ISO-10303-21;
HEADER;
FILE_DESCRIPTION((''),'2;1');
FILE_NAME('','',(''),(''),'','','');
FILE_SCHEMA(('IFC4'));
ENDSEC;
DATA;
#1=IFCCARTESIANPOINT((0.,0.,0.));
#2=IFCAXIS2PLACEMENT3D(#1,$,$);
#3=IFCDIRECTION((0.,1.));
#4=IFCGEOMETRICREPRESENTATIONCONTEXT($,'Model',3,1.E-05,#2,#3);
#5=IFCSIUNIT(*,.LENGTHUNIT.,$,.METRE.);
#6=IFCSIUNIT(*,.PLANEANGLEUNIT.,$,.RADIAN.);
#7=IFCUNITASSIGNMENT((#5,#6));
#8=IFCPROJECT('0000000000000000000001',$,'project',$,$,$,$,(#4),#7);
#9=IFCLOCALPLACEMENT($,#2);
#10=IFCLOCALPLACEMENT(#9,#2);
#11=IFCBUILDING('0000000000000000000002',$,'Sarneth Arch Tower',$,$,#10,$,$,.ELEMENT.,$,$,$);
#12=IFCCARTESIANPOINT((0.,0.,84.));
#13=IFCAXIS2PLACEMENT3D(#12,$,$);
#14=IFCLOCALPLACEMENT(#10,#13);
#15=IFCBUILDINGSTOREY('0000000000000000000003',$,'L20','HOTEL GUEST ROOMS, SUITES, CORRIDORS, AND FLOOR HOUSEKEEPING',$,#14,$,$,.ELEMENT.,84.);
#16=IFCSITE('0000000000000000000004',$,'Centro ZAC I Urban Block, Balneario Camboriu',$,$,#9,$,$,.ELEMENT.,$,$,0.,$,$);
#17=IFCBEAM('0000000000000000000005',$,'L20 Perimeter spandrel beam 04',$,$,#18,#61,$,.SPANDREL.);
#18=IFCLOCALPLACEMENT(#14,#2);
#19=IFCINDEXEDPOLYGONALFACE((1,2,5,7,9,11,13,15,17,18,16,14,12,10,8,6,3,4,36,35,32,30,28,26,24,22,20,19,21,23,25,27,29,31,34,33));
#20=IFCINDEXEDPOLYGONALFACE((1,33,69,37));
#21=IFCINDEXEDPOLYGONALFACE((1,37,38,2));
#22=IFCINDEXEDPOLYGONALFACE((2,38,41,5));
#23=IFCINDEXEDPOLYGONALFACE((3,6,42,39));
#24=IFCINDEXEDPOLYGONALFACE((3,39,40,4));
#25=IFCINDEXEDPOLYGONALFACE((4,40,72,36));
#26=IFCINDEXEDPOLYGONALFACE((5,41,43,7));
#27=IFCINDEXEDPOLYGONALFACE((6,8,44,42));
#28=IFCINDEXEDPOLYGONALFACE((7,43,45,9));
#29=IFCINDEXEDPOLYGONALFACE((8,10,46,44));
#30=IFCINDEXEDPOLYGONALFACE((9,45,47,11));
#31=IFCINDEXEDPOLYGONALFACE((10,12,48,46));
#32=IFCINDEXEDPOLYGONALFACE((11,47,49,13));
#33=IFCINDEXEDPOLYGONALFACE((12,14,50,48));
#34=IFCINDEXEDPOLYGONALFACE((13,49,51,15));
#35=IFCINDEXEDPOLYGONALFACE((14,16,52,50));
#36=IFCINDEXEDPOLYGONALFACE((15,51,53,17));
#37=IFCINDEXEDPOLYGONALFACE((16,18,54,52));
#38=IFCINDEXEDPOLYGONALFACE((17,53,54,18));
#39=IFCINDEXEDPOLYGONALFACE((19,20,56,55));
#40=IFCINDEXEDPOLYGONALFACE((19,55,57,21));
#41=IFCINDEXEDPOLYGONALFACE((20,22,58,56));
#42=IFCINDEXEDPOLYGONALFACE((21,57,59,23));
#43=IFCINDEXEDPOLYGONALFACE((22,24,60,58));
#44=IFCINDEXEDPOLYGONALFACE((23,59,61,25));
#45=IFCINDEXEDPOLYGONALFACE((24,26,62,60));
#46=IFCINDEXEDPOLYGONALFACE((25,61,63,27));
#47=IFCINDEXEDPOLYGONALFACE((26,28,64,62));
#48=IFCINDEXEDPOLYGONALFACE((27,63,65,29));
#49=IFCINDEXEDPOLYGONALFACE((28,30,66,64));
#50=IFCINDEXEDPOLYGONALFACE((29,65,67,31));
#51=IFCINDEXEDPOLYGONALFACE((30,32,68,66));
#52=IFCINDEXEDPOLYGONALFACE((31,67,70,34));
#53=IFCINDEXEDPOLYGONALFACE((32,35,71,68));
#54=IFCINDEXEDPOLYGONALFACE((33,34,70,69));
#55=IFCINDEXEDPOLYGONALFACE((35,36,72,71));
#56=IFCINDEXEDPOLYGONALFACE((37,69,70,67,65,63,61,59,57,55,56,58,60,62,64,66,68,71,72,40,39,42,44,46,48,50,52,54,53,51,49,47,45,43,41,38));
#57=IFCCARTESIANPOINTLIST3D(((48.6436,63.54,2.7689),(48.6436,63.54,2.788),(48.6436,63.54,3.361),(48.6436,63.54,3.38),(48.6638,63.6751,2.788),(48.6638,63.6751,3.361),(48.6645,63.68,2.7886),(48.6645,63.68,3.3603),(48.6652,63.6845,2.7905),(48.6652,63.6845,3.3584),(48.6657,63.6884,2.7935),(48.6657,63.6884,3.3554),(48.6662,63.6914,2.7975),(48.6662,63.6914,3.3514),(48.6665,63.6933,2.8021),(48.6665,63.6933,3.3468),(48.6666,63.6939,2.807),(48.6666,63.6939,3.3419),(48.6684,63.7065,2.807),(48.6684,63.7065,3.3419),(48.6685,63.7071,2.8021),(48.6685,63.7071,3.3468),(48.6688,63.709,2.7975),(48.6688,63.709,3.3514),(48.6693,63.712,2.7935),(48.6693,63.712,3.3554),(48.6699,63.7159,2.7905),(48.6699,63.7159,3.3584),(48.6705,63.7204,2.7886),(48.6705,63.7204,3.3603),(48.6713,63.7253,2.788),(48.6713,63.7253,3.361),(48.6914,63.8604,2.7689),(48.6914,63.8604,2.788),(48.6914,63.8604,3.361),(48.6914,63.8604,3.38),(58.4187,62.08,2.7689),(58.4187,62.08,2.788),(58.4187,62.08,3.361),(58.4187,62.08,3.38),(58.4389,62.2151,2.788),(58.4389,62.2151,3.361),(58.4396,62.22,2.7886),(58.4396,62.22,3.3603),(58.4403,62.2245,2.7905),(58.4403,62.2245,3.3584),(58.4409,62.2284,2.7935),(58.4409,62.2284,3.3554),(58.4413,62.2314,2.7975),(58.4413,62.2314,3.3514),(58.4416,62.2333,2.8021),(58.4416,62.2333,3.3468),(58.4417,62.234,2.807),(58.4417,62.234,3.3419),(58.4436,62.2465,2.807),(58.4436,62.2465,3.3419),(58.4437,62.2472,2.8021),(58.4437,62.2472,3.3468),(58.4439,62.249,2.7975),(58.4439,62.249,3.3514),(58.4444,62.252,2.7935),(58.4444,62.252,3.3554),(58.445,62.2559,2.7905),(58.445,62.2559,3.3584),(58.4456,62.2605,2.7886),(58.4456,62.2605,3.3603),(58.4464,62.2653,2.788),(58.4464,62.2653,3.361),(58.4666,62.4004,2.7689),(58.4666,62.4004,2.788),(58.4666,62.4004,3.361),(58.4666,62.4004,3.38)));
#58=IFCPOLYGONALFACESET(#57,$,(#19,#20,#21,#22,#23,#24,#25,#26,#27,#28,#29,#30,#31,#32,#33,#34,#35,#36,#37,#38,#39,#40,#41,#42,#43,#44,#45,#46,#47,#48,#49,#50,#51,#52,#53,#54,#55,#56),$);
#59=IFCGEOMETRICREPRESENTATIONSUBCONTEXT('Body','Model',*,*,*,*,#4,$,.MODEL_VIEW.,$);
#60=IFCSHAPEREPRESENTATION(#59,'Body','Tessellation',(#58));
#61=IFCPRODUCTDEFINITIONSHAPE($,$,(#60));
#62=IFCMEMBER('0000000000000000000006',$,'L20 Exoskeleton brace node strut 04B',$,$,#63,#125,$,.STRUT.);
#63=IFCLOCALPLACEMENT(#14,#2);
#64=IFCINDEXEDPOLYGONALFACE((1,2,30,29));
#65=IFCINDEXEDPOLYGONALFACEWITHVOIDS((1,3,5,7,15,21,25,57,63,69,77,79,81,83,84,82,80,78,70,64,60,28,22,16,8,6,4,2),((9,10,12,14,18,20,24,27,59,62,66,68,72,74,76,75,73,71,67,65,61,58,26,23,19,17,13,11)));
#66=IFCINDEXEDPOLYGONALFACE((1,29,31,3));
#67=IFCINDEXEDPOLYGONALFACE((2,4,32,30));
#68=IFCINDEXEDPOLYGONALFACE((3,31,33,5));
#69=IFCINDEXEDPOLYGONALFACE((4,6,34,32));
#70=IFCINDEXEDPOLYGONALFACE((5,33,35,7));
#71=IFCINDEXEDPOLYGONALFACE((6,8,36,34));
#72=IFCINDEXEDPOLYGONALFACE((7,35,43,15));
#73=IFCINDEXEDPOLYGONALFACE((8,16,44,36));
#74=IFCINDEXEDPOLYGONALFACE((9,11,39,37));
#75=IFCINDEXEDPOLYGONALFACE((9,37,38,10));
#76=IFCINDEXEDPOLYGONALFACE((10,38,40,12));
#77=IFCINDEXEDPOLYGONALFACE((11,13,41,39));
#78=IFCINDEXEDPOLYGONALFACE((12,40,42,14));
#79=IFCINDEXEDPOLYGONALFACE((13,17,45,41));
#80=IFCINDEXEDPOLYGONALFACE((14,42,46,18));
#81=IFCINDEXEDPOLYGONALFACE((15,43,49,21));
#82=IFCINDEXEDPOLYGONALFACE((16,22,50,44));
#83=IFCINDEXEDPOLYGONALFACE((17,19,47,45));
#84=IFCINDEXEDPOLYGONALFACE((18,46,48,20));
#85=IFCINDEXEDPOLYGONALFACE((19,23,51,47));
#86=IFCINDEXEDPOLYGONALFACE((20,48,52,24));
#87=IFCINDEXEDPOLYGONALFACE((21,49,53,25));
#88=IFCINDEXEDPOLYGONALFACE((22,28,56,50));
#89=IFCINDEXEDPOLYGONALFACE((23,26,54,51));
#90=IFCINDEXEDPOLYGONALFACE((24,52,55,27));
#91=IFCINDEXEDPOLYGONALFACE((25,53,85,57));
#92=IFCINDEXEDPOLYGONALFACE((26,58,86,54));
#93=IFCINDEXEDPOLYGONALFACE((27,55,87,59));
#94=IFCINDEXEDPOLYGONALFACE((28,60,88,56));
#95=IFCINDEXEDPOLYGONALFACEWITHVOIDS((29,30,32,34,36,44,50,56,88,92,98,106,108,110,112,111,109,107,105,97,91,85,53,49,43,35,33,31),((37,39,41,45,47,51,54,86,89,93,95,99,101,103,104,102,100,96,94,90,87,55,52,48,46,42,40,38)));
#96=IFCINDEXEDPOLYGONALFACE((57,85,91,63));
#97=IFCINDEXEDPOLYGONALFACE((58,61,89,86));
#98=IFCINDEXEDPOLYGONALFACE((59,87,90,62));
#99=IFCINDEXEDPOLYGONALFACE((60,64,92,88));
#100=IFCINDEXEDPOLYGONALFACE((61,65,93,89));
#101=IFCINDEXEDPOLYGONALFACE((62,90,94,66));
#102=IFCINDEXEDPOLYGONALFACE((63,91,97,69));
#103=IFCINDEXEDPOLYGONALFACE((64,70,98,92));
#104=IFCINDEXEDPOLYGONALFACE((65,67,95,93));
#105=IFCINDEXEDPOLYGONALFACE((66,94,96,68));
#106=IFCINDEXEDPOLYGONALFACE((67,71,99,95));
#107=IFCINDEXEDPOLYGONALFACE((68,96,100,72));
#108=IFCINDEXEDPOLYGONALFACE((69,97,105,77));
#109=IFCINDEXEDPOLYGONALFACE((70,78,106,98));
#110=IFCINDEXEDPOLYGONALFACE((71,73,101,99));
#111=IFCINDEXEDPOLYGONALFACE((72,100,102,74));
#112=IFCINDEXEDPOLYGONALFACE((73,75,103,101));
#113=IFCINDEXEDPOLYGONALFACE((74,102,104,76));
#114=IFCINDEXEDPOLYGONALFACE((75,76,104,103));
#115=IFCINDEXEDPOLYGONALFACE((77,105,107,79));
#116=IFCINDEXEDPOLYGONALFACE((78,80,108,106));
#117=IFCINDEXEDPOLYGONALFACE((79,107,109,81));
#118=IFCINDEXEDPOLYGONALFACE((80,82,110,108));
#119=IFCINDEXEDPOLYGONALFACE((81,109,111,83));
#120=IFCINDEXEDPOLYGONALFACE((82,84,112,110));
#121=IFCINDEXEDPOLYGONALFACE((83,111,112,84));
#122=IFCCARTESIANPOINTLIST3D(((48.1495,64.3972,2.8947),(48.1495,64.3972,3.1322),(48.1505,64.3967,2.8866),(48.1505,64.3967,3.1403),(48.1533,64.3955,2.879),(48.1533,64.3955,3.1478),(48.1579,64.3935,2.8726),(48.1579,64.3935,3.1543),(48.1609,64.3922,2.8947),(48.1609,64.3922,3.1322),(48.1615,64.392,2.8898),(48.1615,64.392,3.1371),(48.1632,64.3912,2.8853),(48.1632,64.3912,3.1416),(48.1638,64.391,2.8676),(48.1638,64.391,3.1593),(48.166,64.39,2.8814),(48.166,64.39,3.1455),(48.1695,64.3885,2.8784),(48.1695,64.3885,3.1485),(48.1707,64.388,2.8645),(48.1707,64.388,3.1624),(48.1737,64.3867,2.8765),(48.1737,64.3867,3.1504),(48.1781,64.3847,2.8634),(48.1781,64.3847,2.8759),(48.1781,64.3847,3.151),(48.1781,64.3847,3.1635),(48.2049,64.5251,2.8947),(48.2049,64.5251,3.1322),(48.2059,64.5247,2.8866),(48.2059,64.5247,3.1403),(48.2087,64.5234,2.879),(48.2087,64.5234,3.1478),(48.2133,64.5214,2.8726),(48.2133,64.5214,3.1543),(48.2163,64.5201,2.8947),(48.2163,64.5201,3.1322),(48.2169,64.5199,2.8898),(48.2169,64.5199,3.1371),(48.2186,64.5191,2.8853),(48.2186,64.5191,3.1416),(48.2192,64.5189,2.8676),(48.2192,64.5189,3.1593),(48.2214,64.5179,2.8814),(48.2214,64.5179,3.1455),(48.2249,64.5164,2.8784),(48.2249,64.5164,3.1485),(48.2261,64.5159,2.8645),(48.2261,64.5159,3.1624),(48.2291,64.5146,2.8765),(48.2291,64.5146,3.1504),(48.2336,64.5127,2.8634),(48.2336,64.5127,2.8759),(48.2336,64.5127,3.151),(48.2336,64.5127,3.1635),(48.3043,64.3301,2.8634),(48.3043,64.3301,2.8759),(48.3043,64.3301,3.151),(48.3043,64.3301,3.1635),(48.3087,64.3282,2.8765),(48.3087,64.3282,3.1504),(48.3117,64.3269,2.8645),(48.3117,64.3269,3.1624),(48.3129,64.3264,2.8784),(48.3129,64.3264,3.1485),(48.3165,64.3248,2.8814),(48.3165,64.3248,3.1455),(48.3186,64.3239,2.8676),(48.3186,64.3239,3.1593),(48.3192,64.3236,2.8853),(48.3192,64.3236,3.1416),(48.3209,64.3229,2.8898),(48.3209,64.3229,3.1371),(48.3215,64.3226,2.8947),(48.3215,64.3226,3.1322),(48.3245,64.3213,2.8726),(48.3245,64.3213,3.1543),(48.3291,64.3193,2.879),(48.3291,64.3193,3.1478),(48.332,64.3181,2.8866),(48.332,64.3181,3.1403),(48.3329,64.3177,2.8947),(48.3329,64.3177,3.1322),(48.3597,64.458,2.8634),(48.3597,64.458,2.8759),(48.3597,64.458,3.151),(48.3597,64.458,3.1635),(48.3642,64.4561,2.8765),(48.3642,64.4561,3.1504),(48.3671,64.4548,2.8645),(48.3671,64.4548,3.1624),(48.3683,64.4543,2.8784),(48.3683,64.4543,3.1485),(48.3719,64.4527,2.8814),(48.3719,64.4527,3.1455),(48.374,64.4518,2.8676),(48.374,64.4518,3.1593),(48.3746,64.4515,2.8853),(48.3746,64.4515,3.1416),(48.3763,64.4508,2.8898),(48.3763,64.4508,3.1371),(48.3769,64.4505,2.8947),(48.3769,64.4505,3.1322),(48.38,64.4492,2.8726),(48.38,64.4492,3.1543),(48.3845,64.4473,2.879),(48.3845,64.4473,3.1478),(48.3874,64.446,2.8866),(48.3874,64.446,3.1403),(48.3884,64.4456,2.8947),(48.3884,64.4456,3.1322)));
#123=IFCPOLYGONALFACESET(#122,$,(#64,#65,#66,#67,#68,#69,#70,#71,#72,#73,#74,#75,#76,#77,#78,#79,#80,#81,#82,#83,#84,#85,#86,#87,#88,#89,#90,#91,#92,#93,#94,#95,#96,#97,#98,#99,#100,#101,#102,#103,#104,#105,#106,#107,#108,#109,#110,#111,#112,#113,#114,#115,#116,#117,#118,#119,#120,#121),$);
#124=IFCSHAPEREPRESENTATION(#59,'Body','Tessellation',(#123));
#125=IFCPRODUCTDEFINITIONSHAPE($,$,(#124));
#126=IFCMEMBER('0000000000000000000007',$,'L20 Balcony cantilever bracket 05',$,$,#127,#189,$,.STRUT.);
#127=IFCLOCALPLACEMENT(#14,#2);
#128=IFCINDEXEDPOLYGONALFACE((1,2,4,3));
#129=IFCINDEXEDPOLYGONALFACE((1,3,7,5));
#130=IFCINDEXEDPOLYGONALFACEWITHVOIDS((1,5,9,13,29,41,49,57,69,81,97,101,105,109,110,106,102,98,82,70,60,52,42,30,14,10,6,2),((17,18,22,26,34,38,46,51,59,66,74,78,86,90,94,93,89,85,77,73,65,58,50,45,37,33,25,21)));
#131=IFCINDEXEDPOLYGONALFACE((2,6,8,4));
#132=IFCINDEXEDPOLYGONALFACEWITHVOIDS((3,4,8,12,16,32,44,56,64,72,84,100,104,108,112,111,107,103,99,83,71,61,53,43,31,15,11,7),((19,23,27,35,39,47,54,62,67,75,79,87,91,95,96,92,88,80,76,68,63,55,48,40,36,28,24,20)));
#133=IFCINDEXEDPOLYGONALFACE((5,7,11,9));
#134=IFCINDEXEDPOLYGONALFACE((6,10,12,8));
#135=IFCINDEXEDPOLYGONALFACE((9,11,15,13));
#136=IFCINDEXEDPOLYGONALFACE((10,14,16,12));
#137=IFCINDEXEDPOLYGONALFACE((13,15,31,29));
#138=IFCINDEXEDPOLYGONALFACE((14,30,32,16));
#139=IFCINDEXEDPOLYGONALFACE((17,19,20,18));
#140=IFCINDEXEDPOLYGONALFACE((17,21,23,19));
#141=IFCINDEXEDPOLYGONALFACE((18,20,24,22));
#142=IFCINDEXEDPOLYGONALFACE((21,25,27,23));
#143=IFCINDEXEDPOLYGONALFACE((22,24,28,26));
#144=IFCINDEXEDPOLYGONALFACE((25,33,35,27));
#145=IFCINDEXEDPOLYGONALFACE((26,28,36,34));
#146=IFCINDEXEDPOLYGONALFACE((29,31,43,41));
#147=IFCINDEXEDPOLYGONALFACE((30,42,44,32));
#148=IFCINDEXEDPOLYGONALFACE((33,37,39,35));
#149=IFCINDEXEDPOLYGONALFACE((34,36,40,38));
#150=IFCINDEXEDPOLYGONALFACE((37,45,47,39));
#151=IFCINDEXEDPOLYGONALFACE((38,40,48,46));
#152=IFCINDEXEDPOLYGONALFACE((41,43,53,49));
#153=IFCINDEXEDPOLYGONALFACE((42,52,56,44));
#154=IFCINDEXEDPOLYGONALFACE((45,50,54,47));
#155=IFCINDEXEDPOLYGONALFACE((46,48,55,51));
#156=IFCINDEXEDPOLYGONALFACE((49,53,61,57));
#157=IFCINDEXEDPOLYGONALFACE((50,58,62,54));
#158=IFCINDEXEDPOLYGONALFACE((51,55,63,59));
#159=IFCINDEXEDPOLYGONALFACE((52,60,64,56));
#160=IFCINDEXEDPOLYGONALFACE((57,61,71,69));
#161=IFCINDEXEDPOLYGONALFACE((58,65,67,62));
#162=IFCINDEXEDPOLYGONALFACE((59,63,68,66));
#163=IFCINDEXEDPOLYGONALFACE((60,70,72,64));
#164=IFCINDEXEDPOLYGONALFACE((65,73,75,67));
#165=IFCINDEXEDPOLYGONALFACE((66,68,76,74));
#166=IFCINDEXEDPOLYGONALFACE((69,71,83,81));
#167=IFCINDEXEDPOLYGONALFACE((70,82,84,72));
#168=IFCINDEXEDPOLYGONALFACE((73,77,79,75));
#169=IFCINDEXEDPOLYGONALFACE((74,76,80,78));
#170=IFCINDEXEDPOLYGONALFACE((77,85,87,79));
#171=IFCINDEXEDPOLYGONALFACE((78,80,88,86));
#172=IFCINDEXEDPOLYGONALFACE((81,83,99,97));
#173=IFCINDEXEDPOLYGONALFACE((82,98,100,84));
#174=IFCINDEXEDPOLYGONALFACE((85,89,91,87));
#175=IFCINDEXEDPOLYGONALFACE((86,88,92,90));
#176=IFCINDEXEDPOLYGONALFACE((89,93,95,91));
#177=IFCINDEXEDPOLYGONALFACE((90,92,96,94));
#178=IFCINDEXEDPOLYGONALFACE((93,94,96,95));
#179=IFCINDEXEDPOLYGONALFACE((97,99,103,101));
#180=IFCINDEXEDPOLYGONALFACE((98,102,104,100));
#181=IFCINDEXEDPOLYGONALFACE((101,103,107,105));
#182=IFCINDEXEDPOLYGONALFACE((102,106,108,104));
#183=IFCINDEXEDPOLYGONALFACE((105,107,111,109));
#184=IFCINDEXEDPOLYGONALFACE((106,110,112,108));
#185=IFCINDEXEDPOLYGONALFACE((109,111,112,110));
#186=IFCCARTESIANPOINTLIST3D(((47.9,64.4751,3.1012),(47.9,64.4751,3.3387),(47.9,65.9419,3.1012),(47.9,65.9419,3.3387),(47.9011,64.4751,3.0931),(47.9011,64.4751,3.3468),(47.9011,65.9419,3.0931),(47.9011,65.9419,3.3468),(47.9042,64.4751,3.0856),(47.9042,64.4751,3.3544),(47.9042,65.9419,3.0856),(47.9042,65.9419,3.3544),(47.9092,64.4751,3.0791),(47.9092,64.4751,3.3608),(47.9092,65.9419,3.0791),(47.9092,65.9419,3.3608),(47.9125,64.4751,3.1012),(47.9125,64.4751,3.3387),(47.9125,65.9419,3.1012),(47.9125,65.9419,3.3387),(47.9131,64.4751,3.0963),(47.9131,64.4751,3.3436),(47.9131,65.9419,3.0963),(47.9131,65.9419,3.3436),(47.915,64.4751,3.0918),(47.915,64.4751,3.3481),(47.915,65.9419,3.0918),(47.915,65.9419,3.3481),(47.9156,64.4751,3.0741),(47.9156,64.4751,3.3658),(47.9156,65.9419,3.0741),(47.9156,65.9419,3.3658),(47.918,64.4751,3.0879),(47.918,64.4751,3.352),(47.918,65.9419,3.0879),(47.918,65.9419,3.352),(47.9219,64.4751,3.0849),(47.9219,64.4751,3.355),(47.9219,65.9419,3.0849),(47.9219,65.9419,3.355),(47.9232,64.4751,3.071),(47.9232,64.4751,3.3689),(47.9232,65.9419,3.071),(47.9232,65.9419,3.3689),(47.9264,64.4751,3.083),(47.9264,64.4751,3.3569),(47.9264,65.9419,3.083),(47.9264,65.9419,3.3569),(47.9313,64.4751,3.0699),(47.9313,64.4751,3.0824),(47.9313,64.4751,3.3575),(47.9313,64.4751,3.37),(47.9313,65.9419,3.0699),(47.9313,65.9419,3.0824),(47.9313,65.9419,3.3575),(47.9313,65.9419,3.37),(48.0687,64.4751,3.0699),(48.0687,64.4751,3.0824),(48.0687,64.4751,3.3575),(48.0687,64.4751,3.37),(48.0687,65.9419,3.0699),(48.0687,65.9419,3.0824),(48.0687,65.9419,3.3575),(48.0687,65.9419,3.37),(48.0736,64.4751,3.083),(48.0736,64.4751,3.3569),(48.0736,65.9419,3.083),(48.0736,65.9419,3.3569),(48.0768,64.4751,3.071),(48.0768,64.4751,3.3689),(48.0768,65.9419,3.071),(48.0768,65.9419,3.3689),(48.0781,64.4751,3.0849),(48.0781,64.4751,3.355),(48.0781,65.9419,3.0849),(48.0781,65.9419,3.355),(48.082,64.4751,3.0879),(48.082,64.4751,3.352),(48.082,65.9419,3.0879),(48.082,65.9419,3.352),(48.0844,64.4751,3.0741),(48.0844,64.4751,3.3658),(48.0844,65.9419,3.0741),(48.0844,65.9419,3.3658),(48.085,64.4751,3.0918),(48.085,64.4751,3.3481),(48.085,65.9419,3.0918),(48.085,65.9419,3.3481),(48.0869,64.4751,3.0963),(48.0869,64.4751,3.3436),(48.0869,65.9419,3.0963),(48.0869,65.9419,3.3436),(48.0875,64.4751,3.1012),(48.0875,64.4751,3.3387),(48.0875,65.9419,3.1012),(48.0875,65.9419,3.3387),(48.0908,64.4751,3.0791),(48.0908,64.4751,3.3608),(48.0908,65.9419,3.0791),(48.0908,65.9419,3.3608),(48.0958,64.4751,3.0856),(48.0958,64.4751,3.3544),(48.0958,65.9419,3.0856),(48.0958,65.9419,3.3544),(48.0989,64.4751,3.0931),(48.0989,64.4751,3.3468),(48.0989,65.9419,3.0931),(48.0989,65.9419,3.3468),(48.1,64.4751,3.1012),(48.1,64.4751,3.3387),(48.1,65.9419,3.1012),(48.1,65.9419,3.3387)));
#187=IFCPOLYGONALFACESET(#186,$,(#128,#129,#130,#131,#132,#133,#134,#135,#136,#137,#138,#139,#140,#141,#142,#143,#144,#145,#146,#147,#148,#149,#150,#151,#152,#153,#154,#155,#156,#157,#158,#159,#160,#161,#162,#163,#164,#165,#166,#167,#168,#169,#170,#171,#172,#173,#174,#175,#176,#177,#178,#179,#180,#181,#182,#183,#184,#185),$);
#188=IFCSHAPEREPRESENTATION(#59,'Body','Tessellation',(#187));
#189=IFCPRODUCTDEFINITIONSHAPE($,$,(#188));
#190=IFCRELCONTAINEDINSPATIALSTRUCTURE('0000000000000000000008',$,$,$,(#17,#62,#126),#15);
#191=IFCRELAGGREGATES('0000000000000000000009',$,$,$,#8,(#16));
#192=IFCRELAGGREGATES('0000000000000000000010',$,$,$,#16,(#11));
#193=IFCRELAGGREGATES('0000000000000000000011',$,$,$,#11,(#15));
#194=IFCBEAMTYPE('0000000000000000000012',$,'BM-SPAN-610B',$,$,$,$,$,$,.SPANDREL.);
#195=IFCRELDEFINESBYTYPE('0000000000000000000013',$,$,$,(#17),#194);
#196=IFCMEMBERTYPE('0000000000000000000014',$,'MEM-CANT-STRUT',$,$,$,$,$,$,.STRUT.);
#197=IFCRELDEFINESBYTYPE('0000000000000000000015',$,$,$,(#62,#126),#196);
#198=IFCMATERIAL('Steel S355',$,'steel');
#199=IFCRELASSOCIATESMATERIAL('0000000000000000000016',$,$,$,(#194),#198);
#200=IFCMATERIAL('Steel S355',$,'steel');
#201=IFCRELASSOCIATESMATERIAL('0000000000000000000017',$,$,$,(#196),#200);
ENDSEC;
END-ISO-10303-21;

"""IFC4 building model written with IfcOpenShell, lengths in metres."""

from ifc_helpers import new_model, si_unit, direction, frame, origin, origin_2d, place, context, subcontext, project, spatial, hollow_rectangle, i_section, extrude, material, material_profile, profile_set, type_object, element, save


model = new_model("IFC4")

# Units and contexts
model_context = context("Model", 3, precision=1e-05, world=origin(), true_north=direction((0.0, 1.0)))
body_context = subcontext(model_context, "Body", "Model", "MODEL_VIEW")
ifc_project = project(units=[si_unit("LENGTHUNIT", "METRE"), si_unit("PLANEANGLEUNIT", "RADIAN")], contexts=[model_context])

# Site, building, storey
site_placement = place(None, origin())
site = spatial("IfcSite", under=ifc_project, at=site_placement, Name="Centro ZAC I Urban Block, Balneario Camboriu", CompositionType="ELEMENT", RefElevation=0.0)
building_placement = place(site_placement, origin())
building = spatial("IfcBuilding", under=site, at=building_placement, Name="Sarneth Arch Tower", CompositionType="ELEMENT")
storey_placement = place(building_placement, frame((0.0, 0.0, 84.0)))
storey = spatial("IfcBuildingStorey", under=building, at=storey_placement, Name="L20", Description="HOTEL GUEST ROOMS, SUITES, CORRIDORS, AND FLOOR HOUSEKEEPING", CompositionType="ELEMENT", Elevation=84.0)

# Beam
ifc_material_1 = material(Name="Steel S355", Category="steel")
ifc_material_profile_1 = material_profile(ifc_material_1, i_section(OverallWidth=0.324, OverallDepth=0.6111, WebThickness=0.0127, FlangeThickness=0.019, FilletRadius=0.019, at=origin_2d()), Name="W610x155")
ifc_profile_set_1 = profile_set([ifc_material_profile_1], Name="Steel S355")
beam_type_1 = type_object("IfcBeamType", Name="BM-SPAN-610B", PredefinedType="SPANDREL", material=ifc_profile_set_1)
beam_1_placement = place(storey_placement, frame((58.4426, 62.2402, 3.0745), z_axis=(-0.98903, 0.147716, 0.0), x_axis=(-0.147716, -0.98903, 0.0)))
element("IfcBeam", 1, at=beam_1_placement, inside=storey, type_object=beam_type_1, Name="L20 Perimeter spandrel beam 04", PredefinedType="SPANDREL", context=body_context, shape_type="SweptSolid", body=[
    extrude(i_section(OverallWidth=0.324, OverallDepth=0.6111, WebThickness=0.0127, FlangeThickness=0.019, FilletRadius=0.019, at=origin_2d()), origin(), (0.0, 0.0, 1.0), 9.8835),
])

# Members
ifc_material_2 = material(Name="Steel S355", Category="steel")
ifc_material_profile_2 = material_profile(ifc_material_2, hollow_rectangle(XDim=0.2, YDim=0.3, WallThickness=0.0125, InnerFilletRadius=0.0188, OuterFilletRadius=0.0312, at=origin_2d()), Name="RHS300x200x12.5")
ifc_profile_set_2 = profile_set([ifc_material_profile_2], Name="Steel S355")
member_type_1 = type_object("IfcMemberType", Name="MEM-CANT-STRUT", PredefinedType="STRUT", material=ifc_profile_set_2)
member_1_placement = place(storey_placement, frame((48.2412, 64.3574, 3.0134), z_axis=(0.397509, 0.917598, 0.0), x_axis=(-0.917598, 0.397509, 0.0)))
element("IfcMember", 2, at=member_1_placement, inside=storey, type_object=member_type_1, Name="L20 Exoskeleton brace node strut 04B", PredefinedType="STRUT", context=body_context, shape_type="SweptSolid", body=[
    extrude(hollow_rectangle(XDim=0.2, YDim=0.3, WallThickness=0.0125, InnerFilletRadius=0.0188, OuterFilletRadius=0.0312, at=origin_2d()), origin(), (0.0, 0.0, 1.0), 0.1394),
])
member_2_placement = place(storey_placement, frame((48.0, 64.4751, 3.22), z_axis=(0.0, 1.0, 0.0), x_axis=(-1.0, 0.0, 0.0)))
element("IfcMember", 3, at=member_2_placement, inside=storey, type_object=member_type_1, Name="L20 Balcony cantilever bracket 05", PredefinedType="STRUT", context=body_context, shape_type="SweptSolid", body=[
    extrude(hollow_rectangle(XDim=0.2, YDim=0.3, WallThickness=0.0125, InnerFilletRadius=0.0188, OuterFilletRadius=0.0312, at=origin_2d()), origin(), (0.0, 0.0, 1.0), 1.4668),
])

save(model, "model.ifc")
